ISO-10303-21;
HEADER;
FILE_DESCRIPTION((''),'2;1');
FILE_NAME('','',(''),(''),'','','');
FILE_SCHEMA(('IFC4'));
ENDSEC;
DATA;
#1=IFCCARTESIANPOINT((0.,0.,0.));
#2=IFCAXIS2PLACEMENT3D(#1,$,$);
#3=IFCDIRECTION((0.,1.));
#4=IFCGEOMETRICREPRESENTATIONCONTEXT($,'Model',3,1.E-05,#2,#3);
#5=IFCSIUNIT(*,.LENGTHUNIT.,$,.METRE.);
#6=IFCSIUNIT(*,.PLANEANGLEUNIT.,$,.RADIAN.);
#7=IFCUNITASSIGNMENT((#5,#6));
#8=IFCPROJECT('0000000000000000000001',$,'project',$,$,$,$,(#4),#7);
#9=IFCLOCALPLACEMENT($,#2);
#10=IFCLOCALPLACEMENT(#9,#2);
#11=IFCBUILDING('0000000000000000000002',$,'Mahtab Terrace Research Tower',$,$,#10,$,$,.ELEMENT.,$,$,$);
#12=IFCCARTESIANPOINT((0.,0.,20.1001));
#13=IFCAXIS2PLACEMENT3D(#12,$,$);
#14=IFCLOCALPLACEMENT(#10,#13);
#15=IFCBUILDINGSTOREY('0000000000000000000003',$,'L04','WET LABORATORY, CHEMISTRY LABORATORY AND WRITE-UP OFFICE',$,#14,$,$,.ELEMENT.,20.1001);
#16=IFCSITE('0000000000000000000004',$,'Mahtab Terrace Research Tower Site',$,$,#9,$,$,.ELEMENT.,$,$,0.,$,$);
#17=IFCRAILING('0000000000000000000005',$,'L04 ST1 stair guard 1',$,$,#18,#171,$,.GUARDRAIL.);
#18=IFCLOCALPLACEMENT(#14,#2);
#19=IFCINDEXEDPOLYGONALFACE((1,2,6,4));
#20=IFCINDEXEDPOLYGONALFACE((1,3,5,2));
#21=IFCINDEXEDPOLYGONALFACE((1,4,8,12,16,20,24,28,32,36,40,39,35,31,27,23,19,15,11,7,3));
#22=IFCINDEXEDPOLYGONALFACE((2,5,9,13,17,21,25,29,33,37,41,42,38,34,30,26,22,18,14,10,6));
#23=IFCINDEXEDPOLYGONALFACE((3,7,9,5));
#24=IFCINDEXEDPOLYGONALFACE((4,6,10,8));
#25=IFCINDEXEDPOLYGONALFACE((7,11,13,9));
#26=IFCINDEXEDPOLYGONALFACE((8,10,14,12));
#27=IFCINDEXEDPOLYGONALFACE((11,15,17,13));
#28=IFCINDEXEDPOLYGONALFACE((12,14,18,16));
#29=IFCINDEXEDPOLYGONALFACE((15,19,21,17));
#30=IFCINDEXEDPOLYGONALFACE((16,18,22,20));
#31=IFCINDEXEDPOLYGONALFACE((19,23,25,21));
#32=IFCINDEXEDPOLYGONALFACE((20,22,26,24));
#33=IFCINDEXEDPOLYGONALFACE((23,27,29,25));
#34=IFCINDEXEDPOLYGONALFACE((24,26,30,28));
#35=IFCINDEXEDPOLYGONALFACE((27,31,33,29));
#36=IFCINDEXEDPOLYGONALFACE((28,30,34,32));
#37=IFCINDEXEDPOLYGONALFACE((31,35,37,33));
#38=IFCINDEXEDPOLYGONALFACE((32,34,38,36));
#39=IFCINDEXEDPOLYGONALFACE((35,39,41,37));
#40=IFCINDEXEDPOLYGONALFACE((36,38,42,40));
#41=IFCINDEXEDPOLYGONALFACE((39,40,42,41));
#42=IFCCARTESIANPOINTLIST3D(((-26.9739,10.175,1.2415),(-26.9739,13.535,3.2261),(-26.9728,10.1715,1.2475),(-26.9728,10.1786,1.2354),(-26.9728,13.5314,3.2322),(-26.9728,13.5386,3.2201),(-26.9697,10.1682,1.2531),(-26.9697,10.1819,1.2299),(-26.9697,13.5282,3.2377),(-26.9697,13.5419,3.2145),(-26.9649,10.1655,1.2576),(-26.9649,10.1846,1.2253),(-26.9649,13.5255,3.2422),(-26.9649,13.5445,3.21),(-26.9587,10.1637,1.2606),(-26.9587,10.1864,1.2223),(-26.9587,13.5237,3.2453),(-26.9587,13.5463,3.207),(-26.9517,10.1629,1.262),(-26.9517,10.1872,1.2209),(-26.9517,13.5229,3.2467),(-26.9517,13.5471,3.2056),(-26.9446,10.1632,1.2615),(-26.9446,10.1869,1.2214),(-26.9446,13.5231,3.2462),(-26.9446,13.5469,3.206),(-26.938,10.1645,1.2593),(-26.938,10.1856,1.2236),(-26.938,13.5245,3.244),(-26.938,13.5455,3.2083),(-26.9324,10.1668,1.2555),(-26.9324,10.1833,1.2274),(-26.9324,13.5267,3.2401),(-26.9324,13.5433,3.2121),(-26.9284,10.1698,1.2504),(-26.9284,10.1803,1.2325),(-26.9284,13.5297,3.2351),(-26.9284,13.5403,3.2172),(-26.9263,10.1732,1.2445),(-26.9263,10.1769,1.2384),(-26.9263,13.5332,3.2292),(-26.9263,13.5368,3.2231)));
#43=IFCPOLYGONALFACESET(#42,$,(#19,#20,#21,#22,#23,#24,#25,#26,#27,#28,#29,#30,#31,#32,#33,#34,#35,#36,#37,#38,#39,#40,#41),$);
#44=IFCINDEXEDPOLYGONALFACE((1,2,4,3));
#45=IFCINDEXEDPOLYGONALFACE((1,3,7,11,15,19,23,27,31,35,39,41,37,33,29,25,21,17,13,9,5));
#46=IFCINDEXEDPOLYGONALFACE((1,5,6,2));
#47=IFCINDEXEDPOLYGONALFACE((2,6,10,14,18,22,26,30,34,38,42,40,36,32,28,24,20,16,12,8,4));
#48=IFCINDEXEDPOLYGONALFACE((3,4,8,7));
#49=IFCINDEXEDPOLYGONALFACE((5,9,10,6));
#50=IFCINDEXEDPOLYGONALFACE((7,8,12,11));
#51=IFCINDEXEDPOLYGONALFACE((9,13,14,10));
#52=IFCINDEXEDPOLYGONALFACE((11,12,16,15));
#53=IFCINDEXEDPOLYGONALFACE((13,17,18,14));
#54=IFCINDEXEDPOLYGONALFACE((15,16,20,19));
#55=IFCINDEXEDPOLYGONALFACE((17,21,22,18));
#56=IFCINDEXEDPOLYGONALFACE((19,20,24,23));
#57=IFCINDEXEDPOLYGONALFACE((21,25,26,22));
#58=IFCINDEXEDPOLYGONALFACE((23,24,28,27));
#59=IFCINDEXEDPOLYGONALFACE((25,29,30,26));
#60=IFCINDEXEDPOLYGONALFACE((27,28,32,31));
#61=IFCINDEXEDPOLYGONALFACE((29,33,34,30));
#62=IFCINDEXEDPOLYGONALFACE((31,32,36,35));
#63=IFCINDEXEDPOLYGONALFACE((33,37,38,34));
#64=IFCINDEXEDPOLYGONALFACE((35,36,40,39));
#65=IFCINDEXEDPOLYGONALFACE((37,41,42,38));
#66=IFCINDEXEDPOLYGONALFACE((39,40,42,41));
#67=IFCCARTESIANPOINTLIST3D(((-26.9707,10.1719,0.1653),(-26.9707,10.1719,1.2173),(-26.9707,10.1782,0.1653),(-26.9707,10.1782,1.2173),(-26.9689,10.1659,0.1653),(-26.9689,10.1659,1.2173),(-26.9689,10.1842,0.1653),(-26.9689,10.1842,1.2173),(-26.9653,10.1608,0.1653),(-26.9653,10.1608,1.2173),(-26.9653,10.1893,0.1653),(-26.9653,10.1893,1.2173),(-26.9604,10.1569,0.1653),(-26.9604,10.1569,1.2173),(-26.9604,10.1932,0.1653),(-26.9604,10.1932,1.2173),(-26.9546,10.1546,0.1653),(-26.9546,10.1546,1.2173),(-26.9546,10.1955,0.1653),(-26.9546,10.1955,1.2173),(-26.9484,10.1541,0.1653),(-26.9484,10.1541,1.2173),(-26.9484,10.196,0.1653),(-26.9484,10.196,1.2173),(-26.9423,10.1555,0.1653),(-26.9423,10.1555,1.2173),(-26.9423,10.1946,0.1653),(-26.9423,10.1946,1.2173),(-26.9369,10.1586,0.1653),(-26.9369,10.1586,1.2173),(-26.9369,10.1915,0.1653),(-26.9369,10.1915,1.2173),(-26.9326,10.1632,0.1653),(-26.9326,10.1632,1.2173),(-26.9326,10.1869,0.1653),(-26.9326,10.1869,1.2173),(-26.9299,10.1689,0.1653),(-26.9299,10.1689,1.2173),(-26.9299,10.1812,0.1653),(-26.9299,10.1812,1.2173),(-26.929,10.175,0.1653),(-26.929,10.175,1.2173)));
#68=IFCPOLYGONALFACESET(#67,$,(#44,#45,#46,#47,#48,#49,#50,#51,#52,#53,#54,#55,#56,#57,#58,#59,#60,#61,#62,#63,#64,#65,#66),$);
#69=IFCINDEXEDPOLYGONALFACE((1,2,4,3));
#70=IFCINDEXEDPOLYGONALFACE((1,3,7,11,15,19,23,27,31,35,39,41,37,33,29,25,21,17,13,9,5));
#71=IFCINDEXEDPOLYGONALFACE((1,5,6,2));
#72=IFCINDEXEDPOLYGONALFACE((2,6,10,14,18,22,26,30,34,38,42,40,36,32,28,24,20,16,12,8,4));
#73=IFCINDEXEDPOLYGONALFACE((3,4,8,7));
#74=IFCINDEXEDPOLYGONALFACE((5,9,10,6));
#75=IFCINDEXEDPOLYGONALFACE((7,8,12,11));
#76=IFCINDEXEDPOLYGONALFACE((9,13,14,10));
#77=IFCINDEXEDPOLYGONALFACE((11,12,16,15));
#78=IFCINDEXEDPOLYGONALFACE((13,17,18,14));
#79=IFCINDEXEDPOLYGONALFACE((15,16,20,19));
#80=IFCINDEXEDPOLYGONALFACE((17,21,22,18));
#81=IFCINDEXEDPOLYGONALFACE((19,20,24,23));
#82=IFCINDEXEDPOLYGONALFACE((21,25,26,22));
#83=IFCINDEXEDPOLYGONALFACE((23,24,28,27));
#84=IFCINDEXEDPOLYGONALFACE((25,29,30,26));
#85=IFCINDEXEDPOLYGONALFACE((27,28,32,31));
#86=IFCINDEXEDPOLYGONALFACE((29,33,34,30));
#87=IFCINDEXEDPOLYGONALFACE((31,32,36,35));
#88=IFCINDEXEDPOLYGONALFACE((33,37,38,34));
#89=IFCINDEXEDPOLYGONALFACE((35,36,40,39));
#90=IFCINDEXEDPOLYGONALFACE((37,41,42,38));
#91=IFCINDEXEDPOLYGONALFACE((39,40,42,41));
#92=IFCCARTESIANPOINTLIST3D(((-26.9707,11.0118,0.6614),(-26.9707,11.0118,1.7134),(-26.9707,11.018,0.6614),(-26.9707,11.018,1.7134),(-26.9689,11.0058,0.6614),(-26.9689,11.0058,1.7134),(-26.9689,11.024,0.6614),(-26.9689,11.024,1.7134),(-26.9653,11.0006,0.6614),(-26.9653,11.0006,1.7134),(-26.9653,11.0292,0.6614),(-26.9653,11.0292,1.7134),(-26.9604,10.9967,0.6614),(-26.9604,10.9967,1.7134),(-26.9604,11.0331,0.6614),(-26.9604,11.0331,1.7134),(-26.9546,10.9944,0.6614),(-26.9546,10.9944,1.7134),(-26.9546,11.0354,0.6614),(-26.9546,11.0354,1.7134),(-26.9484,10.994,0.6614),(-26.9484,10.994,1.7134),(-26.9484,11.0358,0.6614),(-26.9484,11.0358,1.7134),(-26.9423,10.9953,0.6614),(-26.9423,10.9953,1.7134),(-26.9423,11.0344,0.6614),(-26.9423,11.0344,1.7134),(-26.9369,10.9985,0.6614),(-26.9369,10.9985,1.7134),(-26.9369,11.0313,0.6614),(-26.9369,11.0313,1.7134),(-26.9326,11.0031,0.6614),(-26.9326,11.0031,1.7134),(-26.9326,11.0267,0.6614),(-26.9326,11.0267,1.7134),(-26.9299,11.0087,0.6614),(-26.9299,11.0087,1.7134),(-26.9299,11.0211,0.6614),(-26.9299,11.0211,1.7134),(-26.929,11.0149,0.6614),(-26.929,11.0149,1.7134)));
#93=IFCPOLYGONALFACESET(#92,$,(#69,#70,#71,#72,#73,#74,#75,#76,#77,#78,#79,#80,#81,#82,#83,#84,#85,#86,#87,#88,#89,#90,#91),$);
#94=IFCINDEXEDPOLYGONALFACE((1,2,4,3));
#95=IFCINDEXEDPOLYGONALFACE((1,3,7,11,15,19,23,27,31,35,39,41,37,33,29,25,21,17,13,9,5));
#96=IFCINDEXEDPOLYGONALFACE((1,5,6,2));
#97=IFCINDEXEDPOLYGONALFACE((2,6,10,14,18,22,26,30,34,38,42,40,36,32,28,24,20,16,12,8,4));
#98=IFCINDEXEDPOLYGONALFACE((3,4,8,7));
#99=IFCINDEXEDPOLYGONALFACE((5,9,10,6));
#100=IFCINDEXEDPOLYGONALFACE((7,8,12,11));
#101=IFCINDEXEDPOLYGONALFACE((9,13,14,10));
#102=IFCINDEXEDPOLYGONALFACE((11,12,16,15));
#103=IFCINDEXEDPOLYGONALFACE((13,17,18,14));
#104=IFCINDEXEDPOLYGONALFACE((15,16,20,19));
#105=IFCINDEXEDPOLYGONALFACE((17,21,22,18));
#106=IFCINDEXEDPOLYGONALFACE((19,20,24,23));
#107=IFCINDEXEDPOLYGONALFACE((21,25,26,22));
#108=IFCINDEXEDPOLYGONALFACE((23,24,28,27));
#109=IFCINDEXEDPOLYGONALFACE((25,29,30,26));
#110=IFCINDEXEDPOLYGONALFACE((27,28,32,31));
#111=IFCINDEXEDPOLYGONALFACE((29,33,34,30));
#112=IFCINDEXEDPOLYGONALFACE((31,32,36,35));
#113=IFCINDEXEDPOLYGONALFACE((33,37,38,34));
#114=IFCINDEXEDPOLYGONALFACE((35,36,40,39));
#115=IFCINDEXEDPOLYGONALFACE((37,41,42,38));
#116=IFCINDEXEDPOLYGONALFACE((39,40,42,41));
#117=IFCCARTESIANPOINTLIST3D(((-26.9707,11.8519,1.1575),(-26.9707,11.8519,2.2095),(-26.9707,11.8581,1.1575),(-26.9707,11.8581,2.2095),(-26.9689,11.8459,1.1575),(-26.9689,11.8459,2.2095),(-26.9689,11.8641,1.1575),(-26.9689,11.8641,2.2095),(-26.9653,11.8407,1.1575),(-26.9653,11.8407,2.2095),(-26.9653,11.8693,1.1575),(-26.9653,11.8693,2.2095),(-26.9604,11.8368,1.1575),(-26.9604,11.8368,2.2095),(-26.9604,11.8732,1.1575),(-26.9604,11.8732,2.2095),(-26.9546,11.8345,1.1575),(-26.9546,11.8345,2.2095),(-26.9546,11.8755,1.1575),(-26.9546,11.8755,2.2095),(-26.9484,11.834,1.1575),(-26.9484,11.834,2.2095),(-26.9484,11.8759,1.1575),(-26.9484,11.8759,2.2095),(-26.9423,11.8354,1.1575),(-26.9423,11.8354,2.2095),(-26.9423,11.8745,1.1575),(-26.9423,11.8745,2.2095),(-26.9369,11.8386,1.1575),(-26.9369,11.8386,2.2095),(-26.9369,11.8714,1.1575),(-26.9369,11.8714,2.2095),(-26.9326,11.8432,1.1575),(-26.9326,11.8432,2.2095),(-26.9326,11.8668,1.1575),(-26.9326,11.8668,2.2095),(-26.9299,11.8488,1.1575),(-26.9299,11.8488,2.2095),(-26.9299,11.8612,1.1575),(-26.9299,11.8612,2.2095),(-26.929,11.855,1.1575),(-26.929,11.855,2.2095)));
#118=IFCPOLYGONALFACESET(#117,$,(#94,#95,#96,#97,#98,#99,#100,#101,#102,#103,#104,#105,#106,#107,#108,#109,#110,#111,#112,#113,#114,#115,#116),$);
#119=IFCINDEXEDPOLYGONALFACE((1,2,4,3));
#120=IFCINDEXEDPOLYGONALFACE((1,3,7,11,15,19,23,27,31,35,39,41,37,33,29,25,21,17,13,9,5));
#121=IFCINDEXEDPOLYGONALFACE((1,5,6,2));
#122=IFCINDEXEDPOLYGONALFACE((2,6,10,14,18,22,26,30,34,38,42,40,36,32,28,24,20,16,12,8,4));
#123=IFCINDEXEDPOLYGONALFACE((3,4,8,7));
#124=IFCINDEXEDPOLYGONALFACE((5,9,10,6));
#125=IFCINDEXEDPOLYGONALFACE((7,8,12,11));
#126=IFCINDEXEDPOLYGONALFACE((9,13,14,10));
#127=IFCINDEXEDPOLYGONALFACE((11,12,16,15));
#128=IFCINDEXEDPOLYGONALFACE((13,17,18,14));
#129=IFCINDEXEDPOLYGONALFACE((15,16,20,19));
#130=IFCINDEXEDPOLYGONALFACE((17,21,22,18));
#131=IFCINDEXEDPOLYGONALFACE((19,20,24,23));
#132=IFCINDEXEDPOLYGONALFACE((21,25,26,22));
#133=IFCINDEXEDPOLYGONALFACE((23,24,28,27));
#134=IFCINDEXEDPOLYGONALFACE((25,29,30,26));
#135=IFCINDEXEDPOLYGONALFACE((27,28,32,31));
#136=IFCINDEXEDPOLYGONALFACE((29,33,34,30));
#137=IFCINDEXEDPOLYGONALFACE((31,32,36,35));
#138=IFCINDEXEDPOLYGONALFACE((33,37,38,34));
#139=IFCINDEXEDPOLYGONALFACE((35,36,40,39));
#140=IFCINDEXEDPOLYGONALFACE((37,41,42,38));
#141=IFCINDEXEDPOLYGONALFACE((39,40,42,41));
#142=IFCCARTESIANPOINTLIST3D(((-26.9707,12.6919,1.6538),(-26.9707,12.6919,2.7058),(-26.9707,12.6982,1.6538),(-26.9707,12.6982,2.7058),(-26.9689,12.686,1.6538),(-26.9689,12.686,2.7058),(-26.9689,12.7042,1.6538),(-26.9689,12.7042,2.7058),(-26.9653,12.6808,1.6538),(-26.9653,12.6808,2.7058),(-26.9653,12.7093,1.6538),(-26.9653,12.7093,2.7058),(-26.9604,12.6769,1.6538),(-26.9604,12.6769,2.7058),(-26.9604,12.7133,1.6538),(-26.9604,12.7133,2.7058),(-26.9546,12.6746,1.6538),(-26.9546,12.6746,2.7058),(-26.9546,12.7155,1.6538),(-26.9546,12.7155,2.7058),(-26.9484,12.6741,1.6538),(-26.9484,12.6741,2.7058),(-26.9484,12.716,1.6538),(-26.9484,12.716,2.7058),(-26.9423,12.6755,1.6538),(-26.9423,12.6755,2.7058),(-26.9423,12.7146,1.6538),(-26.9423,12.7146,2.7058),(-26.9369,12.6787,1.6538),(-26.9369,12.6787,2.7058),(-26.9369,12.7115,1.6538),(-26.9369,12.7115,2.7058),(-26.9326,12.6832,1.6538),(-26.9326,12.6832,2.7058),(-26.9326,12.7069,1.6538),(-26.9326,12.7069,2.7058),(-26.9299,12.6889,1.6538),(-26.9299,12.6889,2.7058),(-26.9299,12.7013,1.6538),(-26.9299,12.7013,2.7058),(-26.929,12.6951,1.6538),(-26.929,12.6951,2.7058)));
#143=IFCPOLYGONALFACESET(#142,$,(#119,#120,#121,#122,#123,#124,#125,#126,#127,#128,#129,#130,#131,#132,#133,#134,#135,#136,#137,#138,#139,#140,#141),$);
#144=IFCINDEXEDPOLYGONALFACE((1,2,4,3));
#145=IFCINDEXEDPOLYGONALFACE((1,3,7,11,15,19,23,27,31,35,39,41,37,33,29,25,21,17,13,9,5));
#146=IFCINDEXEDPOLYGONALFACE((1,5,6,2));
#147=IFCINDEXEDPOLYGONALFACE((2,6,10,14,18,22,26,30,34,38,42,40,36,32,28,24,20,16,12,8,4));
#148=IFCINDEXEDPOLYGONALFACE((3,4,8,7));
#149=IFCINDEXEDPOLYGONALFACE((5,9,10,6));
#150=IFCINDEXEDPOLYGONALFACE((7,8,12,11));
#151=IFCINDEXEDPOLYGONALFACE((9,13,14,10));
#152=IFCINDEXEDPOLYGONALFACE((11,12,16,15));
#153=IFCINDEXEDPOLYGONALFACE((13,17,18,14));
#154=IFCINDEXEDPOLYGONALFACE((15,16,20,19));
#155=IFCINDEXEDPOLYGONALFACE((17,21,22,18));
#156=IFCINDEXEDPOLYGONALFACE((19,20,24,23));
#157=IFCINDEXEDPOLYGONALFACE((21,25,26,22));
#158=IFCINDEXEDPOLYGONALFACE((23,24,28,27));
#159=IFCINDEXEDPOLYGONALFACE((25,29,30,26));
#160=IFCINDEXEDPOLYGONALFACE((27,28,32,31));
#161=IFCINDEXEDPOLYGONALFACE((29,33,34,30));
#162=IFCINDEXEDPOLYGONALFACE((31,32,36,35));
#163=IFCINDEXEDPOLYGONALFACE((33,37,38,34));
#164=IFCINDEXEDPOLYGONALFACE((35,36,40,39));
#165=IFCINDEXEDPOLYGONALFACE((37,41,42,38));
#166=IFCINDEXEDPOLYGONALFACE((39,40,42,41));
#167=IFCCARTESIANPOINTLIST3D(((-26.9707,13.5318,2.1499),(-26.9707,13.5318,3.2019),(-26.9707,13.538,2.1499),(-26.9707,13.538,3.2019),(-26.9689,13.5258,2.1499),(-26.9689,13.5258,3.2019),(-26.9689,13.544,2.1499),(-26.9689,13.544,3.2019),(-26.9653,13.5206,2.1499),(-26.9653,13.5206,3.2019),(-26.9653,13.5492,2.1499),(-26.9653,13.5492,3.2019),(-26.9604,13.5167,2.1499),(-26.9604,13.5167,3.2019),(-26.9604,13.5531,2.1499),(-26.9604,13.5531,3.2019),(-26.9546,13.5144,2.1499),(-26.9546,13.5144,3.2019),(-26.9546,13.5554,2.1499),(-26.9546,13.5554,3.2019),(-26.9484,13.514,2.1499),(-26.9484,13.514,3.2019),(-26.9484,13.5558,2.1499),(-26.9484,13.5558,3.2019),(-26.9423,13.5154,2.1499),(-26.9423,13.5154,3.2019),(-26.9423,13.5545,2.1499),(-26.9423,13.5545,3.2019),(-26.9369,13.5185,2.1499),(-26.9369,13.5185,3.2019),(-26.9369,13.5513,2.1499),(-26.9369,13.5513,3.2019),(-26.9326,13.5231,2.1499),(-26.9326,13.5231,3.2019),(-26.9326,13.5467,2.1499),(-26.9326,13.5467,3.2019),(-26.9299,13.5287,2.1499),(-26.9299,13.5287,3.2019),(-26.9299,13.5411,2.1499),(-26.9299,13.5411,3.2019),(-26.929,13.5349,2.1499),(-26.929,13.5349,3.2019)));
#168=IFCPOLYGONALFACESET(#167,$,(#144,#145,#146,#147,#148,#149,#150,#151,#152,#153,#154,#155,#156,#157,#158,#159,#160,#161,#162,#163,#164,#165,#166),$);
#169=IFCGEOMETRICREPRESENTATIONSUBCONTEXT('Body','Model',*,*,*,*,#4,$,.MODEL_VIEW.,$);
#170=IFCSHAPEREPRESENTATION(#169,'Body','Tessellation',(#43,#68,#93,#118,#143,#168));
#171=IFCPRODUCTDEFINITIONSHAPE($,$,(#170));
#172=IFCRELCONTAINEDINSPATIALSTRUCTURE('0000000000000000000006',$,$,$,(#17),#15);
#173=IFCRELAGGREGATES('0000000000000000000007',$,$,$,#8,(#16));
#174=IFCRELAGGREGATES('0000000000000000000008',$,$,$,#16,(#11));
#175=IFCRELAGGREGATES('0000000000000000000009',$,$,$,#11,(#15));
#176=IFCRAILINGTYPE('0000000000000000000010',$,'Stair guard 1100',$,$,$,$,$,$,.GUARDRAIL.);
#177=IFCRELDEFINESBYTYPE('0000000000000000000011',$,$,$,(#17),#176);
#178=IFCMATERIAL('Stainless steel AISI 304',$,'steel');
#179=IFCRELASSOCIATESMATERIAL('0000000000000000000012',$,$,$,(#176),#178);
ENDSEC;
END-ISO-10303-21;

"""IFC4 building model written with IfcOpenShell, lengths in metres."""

from ifc_helpers import new_model, si_unit, direction, frame, origin, origin_2d, place, context, subcontext, project, spatial, circle, extrude, material, type_object, element, save


model = new_model("IFC4")

# Units and contexts
model_context = context("Model", 3, precision=1e-05, world=origin(), true_north=direction((0.0, 1.0)))
body_context = subcontext(model_context, "Body", "Model", "MODEL_VIEW")
ifc_project = project(units=[si_unit("LENGTHUNIT", "METRE"), si_unit("PLANEANGLEUNIT", "RADIAN")], contexts=[model_context])

# Site, building, storey
site_placement = place(None, origin())
site = spatial("IfcSite", under=ifc_project, at=site_placement, Name="Mahtab Terrace Research Tower Site", CompositionType="ELEMENT", RefElevation=0.0)
building_placement = place(site_placement, origin())
building = spatial("IfcBuilding", under=site, at=building_placement, Name="Mahtab Terrace Research Tower", CompositionType="ELEMENT")
storey_placement = place(building_placement, frame((0.0, 0.0, 20.1001)))
storey = spatial("IfcBuildingStorey", under=building, at=storey_placement, Name="L04", Description="WET LABORATORY, CHEMISTRY LABORATORY AND WRITE-UP OFFICE", CompositionType="ELEMENT", Elevation=20.1001)

# Railing
ifc_material_1 = material(Name="Stainless steel AISI 304", Category="steel")
railing_type_1 = type_object("IfcRailingType", Name="Stair guard 1100", PredefinedType="GUARDRAIL", material=ifc_material_1)
railing_1_placement = place(storey_placement, frame((-26.95, 10.175, 0.1653)))
element("IfcRailing", 1, at=railing_1_placement, inside=storey, type_object=railing_type_1, Name="L04 ST1 stair guard 1", PredefinedType="GUARDRAIL", context=body_context, shape_type="SweptSolid", body=[
    extrude(circle(Radius=0.0239, at=origin_2d()), frame((0.0, 0.0, 1.0762), z_axis=(0.0, 0.861011, 0.508586), x_axis=(-1.0, 0.0, 0.0)), (0.0, 0.0, 1.0), 3.9023),
    extrude(circle(Radius=0.021, at=origin_2d()), origin(), (0.0, 0.0, 1.0), 1.052),
    extrude(circle(Radius=0.021, at=origin_2d()), frame((0.0, 0.8398, 0.4961)), (0.0, 0.0, 1.0), 1.052),
    extrude(circle(Radius=0.021, at=origin_2d()), frame((0.0, 1.6799, 0.9922)), (0.0, 0.0, 1.0), 1.052),
    extrude(circle(Radius=0.021, at=origin_2d()), frame((0.0, 2.52, 1.4885)), (0.0, 0.0, 1.0), 1.052),
    extrude(circle(Radius=0.021, at=origin_2d()), frame((0.0, 3.3599, 1.9846)), (0.0, 0.0, 1.0), 1.052),
])

save(model, "model.ifc")
